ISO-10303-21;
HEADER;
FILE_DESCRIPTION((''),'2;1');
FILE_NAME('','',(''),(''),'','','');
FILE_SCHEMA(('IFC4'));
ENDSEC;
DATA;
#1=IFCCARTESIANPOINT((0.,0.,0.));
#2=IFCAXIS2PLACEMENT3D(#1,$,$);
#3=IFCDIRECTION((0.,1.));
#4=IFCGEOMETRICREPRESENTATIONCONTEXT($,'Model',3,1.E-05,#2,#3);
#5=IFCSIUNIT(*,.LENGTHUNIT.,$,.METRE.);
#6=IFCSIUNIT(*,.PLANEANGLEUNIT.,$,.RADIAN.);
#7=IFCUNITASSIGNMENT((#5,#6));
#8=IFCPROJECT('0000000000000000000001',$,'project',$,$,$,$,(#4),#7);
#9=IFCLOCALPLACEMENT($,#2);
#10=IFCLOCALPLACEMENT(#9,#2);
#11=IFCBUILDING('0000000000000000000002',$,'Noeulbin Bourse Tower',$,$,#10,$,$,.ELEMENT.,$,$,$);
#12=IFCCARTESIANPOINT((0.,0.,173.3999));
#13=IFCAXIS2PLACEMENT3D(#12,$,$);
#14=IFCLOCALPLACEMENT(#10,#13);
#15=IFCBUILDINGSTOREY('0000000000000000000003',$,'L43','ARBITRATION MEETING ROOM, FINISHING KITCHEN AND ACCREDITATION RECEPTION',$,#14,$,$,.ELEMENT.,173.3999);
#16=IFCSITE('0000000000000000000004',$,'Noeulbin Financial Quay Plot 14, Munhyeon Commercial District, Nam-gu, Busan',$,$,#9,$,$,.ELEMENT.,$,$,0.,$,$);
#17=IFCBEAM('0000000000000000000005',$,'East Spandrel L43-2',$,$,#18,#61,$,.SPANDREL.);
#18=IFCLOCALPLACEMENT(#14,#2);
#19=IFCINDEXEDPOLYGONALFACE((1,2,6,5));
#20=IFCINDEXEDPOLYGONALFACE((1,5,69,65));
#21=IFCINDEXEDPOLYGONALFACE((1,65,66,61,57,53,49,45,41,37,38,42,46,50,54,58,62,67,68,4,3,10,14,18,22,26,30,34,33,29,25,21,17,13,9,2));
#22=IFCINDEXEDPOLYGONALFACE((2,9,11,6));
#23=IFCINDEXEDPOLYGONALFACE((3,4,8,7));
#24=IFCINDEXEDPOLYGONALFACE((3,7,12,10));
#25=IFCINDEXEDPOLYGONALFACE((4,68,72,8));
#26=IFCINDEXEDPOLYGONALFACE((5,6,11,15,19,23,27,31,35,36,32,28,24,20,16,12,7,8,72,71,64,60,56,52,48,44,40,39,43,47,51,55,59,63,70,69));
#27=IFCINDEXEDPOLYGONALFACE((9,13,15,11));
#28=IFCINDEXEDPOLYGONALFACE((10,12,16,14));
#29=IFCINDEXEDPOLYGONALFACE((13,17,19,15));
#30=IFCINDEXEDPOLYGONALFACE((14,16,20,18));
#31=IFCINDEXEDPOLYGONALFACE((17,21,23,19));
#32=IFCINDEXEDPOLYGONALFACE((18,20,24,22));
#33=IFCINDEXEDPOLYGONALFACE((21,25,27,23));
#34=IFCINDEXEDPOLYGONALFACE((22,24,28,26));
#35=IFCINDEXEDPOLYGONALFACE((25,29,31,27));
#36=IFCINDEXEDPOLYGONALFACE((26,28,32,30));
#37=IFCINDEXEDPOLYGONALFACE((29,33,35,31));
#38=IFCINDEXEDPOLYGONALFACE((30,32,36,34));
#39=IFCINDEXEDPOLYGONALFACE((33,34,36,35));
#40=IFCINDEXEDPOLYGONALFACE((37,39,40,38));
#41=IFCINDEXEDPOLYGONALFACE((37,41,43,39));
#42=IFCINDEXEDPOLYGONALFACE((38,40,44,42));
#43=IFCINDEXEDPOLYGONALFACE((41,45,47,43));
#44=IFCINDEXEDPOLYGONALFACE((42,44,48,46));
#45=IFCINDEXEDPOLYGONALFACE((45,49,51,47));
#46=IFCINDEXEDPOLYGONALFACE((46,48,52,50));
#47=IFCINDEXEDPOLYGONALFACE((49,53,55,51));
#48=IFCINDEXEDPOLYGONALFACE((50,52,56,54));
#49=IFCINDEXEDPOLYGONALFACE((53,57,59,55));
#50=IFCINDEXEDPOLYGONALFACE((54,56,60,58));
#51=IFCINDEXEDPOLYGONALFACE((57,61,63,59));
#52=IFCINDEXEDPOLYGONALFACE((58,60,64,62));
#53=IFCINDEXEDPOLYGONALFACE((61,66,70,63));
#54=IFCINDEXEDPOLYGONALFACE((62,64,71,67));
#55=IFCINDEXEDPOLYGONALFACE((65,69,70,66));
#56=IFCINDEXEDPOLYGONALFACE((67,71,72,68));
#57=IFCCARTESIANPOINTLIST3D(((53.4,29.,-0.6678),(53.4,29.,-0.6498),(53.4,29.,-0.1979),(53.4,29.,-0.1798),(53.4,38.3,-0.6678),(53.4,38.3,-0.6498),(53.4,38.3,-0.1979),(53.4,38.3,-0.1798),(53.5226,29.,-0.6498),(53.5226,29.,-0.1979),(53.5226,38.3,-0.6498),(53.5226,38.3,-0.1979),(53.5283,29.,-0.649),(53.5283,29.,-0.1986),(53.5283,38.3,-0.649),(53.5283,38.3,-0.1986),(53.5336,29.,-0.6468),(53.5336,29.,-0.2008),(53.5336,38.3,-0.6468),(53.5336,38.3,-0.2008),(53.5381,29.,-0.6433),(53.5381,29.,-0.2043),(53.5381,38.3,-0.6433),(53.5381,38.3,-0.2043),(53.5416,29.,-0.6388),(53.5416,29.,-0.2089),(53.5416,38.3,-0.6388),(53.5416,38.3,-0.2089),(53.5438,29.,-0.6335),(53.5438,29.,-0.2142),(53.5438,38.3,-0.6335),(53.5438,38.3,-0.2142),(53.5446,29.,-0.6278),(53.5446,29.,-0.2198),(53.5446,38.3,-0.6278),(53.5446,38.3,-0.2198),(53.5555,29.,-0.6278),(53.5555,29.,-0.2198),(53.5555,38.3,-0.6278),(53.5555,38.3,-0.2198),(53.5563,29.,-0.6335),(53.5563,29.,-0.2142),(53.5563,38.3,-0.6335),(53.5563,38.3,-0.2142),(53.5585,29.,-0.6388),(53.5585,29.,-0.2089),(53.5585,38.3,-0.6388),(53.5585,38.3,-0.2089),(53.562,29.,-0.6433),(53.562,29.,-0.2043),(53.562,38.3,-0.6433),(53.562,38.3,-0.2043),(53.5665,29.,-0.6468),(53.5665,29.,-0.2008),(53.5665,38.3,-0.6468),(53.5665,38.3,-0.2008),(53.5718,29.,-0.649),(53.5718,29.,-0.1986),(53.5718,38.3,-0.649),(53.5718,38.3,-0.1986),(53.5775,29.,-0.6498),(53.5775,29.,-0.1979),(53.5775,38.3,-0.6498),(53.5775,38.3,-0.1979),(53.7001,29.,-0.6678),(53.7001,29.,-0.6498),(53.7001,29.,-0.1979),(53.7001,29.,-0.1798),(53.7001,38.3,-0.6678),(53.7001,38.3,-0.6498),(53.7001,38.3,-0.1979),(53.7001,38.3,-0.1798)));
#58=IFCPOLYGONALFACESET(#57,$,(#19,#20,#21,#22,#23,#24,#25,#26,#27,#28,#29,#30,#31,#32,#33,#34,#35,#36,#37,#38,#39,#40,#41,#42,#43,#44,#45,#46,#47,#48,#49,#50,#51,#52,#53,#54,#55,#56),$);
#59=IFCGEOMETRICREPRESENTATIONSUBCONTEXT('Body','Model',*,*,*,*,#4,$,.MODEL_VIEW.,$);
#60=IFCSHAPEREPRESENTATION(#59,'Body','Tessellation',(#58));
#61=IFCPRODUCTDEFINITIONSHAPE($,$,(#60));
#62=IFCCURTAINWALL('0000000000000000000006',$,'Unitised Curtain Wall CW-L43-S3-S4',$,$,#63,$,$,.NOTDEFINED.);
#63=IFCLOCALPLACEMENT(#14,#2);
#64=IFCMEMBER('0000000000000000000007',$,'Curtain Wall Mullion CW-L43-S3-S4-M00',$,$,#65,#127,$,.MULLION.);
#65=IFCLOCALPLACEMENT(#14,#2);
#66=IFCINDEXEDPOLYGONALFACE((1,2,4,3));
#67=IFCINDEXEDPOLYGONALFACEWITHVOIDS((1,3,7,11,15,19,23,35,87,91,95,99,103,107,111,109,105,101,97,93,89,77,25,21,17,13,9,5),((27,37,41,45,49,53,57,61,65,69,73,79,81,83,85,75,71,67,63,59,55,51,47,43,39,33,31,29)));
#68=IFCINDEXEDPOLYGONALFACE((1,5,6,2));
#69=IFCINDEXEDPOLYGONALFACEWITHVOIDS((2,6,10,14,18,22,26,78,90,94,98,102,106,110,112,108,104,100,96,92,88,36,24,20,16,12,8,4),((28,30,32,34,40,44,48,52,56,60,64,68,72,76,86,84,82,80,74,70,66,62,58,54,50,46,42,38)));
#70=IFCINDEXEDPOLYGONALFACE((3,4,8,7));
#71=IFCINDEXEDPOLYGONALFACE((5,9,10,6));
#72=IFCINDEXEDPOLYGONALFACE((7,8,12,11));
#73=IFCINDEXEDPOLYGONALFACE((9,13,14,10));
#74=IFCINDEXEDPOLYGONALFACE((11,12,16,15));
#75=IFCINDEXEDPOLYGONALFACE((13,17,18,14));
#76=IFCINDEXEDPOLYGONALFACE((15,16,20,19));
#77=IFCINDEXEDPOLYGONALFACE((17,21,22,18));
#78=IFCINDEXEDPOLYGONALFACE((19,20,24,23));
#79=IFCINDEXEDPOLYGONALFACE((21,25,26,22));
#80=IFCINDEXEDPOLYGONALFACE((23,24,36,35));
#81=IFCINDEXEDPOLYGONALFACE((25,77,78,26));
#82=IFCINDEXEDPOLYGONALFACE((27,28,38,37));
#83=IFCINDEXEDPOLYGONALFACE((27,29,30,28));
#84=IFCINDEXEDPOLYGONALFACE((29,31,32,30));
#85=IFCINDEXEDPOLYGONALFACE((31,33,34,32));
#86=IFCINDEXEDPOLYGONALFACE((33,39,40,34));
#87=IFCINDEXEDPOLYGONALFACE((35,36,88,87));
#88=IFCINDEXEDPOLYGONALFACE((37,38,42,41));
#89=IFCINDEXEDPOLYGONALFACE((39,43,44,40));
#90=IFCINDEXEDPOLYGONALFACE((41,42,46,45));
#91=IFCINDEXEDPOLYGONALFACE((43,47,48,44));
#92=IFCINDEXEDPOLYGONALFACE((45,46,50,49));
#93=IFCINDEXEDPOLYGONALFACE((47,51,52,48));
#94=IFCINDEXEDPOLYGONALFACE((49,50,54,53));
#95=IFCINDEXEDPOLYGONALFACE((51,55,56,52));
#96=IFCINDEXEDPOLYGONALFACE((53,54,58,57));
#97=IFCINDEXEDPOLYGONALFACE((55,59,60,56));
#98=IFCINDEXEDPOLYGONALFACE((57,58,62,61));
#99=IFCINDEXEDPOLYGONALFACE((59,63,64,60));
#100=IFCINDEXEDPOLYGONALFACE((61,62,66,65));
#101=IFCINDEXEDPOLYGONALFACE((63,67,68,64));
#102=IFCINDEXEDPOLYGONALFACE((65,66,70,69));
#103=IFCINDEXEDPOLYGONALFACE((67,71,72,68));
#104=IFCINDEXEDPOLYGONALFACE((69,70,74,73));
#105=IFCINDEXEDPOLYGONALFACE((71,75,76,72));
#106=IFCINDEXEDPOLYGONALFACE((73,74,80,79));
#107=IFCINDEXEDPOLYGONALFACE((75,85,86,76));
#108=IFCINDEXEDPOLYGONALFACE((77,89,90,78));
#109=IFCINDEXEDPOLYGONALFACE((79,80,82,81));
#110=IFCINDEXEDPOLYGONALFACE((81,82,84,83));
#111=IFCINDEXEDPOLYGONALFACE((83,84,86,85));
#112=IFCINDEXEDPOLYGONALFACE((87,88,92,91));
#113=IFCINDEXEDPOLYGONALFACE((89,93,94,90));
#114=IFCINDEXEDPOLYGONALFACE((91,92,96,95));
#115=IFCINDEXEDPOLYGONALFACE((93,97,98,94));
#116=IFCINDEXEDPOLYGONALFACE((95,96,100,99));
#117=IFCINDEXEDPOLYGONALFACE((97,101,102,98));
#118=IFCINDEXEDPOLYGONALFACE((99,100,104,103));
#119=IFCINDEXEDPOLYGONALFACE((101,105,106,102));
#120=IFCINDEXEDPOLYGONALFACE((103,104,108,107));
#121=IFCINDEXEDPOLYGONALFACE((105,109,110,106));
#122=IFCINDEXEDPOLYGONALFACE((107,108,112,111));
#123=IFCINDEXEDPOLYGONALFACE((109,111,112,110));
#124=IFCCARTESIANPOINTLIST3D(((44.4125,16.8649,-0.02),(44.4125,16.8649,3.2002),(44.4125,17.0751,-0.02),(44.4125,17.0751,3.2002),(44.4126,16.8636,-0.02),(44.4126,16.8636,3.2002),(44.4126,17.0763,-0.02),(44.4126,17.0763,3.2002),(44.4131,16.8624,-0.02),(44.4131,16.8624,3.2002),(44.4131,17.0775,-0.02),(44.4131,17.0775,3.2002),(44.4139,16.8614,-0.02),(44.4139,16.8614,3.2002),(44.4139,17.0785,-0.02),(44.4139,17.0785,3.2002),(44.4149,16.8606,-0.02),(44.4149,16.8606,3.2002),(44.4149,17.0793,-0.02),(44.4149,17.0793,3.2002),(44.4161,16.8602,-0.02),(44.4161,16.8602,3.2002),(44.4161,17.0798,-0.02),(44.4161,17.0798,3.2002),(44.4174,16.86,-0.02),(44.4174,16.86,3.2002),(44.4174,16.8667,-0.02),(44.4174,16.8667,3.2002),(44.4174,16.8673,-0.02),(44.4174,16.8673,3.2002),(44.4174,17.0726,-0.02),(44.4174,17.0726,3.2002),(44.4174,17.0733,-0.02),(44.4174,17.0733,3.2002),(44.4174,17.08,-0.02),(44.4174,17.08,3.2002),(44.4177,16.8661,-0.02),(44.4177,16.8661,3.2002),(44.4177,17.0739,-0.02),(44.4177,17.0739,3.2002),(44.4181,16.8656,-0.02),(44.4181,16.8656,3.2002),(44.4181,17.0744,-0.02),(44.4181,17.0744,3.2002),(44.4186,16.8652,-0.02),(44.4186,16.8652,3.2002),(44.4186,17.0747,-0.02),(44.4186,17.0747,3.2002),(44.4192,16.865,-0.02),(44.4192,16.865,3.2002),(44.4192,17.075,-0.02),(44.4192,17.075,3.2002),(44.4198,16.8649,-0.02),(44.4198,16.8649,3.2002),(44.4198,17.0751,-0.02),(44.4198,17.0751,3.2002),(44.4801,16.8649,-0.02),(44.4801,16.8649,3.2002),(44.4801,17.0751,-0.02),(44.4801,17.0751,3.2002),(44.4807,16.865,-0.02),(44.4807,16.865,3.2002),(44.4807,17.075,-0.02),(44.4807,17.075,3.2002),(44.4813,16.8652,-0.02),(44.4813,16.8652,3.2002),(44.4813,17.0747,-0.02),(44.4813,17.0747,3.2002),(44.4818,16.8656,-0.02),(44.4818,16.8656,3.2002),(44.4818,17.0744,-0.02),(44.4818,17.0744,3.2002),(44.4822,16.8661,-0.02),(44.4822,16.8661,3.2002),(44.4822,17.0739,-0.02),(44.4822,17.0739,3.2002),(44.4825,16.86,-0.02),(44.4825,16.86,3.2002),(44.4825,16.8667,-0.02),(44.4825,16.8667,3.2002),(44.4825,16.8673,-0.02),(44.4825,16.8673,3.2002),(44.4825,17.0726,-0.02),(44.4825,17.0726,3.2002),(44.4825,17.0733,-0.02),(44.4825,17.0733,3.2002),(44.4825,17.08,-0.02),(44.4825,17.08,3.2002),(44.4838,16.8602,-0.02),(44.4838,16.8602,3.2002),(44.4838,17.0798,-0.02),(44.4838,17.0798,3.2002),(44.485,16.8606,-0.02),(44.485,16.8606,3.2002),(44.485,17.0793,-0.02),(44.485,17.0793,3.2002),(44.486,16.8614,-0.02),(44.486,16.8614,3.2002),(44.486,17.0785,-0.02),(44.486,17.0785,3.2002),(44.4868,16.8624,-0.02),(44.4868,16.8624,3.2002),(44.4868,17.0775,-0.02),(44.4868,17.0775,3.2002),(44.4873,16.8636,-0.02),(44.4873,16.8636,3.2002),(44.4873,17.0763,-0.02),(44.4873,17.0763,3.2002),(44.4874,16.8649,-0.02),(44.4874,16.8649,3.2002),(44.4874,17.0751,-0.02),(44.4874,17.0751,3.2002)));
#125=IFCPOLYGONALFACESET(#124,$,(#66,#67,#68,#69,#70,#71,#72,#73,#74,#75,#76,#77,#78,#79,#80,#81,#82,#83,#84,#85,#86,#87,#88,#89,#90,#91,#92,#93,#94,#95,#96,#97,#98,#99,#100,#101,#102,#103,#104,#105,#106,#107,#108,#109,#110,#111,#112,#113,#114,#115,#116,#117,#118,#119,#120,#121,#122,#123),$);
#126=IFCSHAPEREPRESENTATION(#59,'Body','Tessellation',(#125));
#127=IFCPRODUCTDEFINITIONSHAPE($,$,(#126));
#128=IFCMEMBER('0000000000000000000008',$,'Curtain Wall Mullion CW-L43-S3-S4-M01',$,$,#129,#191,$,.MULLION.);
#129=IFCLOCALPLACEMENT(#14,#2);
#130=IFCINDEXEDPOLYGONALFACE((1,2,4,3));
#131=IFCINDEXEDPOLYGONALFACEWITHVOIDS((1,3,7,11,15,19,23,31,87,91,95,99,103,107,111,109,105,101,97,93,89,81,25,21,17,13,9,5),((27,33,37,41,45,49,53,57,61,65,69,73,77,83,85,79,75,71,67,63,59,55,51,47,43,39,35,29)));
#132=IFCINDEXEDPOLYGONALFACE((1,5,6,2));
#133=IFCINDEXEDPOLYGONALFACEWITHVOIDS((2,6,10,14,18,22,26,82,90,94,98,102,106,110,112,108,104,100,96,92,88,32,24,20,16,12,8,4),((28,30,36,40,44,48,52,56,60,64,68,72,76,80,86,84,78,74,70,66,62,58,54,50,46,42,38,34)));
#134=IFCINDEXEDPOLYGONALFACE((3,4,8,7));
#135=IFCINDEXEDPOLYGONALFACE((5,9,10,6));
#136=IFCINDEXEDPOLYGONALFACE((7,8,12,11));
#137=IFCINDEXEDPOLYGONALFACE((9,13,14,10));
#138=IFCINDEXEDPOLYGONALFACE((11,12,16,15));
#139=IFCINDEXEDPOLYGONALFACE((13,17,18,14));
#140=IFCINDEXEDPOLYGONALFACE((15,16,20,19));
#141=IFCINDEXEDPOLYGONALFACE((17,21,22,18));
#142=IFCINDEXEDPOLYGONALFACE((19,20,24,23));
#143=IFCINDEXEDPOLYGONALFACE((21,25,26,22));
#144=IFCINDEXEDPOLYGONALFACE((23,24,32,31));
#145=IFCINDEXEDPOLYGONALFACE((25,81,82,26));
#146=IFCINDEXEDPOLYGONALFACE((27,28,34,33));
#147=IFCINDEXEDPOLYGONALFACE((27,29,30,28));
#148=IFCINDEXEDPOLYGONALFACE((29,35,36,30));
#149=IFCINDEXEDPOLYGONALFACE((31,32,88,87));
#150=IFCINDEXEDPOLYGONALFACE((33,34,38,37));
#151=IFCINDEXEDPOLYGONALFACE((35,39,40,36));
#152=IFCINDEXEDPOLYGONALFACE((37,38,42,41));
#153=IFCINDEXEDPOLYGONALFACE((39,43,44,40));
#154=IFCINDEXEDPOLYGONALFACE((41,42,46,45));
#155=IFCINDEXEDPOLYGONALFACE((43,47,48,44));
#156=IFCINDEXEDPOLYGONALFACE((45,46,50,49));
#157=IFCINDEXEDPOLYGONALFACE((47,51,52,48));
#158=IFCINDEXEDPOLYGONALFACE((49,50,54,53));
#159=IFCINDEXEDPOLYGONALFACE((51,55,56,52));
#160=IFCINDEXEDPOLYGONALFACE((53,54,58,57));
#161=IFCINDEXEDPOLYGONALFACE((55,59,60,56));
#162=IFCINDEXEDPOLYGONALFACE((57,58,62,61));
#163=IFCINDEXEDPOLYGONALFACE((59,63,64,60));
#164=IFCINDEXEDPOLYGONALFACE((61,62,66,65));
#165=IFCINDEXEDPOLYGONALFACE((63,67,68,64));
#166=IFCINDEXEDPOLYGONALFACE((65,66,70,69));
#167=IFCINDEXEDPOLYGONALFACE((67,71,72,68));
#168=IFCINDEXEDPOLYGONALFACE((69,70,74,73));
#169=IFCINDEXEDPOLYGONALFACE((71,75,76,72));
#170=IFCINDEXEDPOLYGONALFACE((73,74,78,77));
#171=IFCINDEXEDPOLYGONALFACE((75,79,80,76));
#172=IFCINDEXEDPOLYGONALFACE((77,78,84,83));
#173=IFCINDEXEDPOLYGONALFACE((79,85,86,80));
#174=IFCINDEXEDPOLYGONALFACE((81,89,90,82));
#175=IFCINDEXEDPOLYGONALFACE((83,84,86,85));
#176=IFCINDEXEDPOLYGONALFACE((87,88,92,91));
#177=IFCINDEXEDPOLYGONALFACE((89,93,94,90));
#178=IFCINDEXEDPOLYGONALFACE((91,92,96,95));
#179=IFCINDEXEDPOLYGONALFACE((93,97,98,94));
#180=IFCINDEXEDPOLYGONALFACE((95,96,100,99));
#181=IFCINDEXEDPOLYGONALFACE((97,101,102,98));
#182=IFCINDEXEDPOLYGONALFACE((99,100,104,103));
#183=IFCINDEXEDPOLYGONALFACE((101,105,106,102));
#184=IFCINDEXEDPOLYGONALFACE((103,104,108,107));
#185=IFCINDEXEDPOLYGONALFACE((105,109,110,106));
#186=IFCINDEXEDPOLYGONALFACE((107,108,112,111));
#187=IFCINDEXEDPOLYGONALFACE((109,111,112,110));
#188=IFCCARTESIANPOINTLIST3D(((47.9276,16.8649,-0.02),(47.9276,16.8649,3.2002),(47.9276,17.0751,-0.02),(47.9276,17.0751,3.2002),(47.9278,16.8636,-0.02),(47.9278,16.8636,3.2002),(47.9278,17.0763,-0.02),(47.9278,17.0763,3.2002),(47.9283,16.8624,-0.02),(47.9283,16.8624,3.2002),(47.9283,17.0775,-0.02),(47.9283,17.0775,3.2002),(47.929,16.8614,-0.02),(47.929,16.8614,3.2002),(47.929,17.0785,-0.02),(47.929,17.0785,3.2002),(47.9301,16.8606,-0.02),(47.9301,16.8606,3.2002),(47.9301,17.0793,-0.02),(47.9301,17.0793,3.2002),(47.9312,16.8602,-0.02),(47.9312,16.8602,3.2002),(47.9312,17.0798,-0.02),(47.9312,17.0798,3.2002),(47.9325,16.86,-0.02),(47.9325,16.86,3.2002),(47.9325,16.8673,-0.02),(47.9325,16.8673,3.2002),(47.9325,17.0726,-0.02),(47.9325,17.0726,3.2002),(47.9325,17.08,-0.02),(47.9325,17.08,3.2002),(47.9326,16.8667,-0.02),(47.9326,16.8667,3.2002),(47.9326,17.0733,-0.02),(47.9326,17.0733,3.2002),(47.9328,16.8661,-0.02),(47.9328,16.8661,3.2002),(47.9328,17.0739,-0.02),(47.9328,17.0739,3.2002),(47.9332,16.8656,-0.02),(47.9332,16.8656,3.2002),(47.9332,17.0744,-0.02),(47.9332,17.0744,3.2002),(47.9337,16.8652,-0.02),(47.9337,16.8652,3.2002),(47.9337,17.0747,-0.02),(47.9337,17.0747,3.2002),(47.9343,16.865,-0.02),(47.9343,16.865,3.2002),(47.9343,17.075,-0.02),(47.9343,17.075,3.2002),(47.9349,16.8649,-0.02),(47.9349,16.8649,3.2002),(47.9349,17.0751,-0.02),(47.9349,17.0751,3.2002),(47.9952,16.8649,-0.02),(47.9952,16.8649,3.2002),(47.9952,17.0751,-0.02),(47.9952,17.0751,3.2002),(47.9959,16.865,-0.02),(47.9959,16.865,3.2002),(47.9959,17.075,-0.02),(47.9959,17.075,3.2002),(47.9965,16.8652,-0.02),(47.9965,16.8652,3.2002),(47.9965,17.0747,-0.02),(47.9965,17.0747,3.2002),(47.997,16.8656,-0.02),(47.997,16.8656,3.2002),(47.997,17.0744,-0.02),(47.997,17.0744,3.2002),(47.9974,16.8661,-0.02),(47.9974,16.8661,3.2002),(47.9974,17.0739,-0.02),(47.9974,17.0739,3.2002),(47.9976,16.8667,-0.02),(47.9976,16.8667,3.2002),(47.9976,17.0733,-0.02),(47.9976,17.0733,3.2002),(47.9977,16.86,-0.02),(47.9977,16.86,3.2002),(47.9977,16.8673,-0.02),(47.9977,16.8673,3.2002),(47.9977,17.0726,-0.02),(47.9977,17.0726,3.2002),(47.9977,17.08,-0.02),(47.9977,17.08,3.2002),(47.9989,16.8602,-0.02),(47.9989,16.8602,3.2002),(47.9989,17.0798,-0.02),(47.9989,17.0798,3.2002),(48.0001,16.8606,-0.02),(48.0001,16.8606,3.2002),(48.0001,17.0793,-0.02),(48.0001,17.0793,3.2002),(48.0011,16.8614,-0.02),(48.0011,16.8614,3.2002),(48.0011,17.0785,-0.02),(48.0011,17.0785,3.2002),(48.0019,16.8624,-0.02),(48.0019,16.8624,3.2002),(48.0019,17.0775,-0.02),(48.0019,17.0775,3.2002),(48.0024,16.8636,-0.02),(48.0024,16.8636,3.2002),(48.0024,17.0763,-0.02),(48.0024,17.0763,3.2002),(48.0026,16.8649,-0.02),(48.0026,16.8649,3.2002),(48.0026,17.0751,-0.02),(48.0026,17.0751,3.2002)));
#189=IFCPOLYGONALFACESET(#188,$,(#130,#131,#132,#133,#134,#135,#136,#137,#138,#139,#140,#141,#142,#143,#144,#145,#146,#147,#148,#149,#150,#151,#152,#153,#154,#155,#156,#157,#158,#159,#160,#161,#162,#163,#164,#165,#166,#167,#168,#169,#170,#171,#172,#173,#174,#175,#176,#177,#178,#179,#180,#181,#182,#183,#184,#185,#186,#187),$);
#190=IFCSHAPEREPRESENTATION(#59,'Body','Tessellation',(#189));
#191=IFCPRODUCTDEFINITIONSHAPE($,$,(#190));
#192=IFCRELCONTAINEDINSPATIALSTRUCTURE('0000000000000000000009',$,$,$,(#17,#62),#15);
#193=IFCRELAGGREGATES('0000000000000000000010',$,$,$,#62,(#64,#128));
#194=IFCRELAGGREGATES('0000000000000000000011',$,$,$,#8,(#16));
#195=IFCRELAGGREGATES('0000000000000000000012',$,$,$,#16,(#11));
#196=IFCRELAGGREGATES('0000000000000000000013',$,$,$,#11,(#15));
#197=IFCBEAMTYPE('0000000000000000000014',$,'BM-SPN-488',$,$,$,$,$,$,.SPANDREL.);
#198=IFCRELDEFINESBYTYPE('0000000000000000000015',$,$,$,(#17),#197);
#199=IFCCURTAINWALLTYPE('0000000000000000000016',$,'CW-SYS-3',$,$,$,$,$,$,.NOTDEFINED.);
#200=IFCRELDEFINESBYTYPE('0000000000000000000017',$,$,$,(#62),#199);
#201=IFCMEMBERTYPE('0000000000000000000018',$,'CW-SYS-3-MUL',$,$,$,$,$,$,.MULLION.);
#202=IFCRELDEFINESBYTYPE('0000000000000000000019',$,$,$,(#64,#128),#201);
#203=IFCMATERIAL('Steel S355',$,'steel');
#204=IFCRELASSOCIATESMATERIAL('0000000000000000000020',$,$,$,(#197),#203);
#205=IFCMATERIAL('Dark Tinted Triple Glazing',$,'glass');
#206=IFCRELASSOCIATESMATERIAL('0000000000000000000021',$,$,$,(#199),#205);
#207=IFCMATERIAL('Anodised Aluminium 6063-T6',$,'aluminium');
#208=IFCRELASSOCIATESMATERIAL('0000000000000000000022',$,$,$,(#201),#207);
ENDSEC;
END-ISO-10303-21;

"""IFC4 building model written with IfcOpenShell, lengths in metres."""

from ifc_helpers import new_model, si_unit, direction, frame, origin, origin_2d, place, context, subcontext, project, spatial, hollow_rectangle, i_section, extrude, material, material_profile, profile_set, type_object, element, aggregate, save


model = new_model("IFC4")

# Units and contexts
model_context = context("Model", 3, precision=1e-05, world=origin(), true_north=direction((0.0, 1.0)))
body_context = subcontext(model_context, "Body", "Model", "MODEL_VIEW")
ifc_project = project(units=[si_unit("LENGTHUNIT", "METRE"), si_unit("PLANEANGLEUNIT", "RADIAN")], contexts=[model_context])

# Site, building, storey
site_placement = place(None, origin())
site = spatial("IfcSite", under=ifc_project, at=site_placement, Name="Noeulbin Financial Quay Plot 14, Munhyeon Commercial District, Nam-gu, Busan", CompositionType="ELEMENT", RefElevation=0.0)
building_placement = place(site_placement, origin())
building = spatial("IfcBuilding", under=site, at=building_placement, Name="Noeulbin Bourse Tower", CompositionType="ELEMENT")
storey_placement = place(building_placement, frame((0.0, 0.0, 173.3999)))
storey = spatial("IfcBuildingStorey", under=building, at=storey_placement, Name="L43", Description="ARBITRATION MEETING ROOM, FINISHING KITCHEN AND ACCREDITATION RECEPTION", CompositionType="ELEMENT", Elevation=173.3999)

# Shared definitions
ifc_material_1 = material(Name="Steel S355", Category="steel")

# Beam
ifc_material_profile_1 = material_profile(ifc_material_1, i_section(OverallWidth=0.3, OverallDepth=0.488, WebThickness=0.011, FlangeThickness=0.0181, FilletRadius=0.022, at=origin_2d()), Name="H-488x300x11x18", Category="LoadBearing")
ifc_profile_set_1 = profile_set([ifc_material_profile_1], Name="Steel S355")
beam_type = type_object("IfcBeamType", Name="BM-SPN-488", PredefinedType="SPANDREL", material=ifc_profile_set_1)
beam_1_placement = place(storey_placement, frame((53.55, 29.0, -0.4238), z_axis=(0.0, 1.0, 0.0), x_axis=(-1.0, 0.0, 0.0)))
element("IfcBeam", 1, at=beam_1_placement, inside=storey, type_object=beam_type, Name="East Spandrel L43-2", PredefinedType="SPANDREL", context=body_context, shape_type="SweptSolid", body=[
    extrude(i_section(OverallWidth=0.3, OverallDepth=0.488, WebThickness=0.011, FlangeThickness=0.0181, FilletRadius=0.022, at=origin_2d()), origin(), (0.0, 0.0, 1.0), 9.3),
])

# Curtain wall, members
ifc_material_2 = material(Name="Dark Tinted Triple Glazing", Category="glass")
curtain_wall_type = type_object("IfcCurtainWallType", Name="CW-SYS-3", PredefinedType="NOTDEFINED", material=ifc_material_2)
curtain_wall_1_placement = place(storey_placement, origin())
curtain_wall_1 = element("IfcCurtainWall", 2, at=curtain_wall_1_placement, inside=storey, type_object=curtain_wall_type, Name="Unitised Curtain Wall CW-L43-S3-S4", PredefinedType="NOTDEFINED")
ifc_material_3 = material(Name="Anodised Aluminium 6063-T6", Category="aluminium")
ifc_material_profile_2 = material_profile(ifc_material_3, hollow_rectangle(XDim=0.075, YDim=0.22, WallThickness=0.0049, InnerFilletRadius=0.0024, OuterFilletRadius=0.0049, at=origin_2d()), Name="ALU-MULL-75x220x5", Category="LoadBearing")
ifc_profile_set_2 = profile_set([ifc_material_profile_2], Name="Anodised Aluminium 6063-T6")
member_type_1 = type_object("IfcMemberType", Name="CW-SYS-3-MUL", PredefinedType="MULLION", material=ifc_profile_set_2)
member_1_placement = place(storey_placement, frame((44.45, 16.97, -0.02), z_axis=(0.0, 0.0, 1.0), x_axis=(1.0, 0.0, 0.0)))
member_1 = element("IfcMember", 3, at=member_1_placement, type_object=member_type_1, Name="Curtain Wall Mullion CW-L43-S3-S4-M00", PredefinedType="MULLION", context=body_context, shape_type="SweptSolid", body=[
    extrude(hollow_rectangle(XDim=0.075, YDim=0.22, WallThickness=0.0049, InnerFilletRadius=0.0024, OuterFilletRadius=0.0049, at=origin_2d()), origin(), (0.0, 0.0, 1.0), 3.2202),
])
member_2_placement = place(storey_placement, frame((47.9651, 16.97, -0.02), z_axis=(0.0, 0.0, 1.0), x_axis=(1.0, 0.0, 0.0)))
member_2 = element("IfcMember", 4, at=member_2_placement, type_object=member_type_1, Name="Curtain Wall Mullion CW-L43-S3-S4-M01", PredefinedType="MULLION", context=body_context, shape_type="SweptSolid", body=[
    extrude(hollow_rectangle(XDim=0.075, YDim=0.22, WallThickness=0.0049, InnerFilletRadius=0.0024, OuterFilletRadius=0.0049, at=origin_2d()), origin(), (0.0, 0.0, 1.0), 3.2202),
])

aggregate(curtain_wall_1, [member_1, member_2])

save(model, "model.ifc")
